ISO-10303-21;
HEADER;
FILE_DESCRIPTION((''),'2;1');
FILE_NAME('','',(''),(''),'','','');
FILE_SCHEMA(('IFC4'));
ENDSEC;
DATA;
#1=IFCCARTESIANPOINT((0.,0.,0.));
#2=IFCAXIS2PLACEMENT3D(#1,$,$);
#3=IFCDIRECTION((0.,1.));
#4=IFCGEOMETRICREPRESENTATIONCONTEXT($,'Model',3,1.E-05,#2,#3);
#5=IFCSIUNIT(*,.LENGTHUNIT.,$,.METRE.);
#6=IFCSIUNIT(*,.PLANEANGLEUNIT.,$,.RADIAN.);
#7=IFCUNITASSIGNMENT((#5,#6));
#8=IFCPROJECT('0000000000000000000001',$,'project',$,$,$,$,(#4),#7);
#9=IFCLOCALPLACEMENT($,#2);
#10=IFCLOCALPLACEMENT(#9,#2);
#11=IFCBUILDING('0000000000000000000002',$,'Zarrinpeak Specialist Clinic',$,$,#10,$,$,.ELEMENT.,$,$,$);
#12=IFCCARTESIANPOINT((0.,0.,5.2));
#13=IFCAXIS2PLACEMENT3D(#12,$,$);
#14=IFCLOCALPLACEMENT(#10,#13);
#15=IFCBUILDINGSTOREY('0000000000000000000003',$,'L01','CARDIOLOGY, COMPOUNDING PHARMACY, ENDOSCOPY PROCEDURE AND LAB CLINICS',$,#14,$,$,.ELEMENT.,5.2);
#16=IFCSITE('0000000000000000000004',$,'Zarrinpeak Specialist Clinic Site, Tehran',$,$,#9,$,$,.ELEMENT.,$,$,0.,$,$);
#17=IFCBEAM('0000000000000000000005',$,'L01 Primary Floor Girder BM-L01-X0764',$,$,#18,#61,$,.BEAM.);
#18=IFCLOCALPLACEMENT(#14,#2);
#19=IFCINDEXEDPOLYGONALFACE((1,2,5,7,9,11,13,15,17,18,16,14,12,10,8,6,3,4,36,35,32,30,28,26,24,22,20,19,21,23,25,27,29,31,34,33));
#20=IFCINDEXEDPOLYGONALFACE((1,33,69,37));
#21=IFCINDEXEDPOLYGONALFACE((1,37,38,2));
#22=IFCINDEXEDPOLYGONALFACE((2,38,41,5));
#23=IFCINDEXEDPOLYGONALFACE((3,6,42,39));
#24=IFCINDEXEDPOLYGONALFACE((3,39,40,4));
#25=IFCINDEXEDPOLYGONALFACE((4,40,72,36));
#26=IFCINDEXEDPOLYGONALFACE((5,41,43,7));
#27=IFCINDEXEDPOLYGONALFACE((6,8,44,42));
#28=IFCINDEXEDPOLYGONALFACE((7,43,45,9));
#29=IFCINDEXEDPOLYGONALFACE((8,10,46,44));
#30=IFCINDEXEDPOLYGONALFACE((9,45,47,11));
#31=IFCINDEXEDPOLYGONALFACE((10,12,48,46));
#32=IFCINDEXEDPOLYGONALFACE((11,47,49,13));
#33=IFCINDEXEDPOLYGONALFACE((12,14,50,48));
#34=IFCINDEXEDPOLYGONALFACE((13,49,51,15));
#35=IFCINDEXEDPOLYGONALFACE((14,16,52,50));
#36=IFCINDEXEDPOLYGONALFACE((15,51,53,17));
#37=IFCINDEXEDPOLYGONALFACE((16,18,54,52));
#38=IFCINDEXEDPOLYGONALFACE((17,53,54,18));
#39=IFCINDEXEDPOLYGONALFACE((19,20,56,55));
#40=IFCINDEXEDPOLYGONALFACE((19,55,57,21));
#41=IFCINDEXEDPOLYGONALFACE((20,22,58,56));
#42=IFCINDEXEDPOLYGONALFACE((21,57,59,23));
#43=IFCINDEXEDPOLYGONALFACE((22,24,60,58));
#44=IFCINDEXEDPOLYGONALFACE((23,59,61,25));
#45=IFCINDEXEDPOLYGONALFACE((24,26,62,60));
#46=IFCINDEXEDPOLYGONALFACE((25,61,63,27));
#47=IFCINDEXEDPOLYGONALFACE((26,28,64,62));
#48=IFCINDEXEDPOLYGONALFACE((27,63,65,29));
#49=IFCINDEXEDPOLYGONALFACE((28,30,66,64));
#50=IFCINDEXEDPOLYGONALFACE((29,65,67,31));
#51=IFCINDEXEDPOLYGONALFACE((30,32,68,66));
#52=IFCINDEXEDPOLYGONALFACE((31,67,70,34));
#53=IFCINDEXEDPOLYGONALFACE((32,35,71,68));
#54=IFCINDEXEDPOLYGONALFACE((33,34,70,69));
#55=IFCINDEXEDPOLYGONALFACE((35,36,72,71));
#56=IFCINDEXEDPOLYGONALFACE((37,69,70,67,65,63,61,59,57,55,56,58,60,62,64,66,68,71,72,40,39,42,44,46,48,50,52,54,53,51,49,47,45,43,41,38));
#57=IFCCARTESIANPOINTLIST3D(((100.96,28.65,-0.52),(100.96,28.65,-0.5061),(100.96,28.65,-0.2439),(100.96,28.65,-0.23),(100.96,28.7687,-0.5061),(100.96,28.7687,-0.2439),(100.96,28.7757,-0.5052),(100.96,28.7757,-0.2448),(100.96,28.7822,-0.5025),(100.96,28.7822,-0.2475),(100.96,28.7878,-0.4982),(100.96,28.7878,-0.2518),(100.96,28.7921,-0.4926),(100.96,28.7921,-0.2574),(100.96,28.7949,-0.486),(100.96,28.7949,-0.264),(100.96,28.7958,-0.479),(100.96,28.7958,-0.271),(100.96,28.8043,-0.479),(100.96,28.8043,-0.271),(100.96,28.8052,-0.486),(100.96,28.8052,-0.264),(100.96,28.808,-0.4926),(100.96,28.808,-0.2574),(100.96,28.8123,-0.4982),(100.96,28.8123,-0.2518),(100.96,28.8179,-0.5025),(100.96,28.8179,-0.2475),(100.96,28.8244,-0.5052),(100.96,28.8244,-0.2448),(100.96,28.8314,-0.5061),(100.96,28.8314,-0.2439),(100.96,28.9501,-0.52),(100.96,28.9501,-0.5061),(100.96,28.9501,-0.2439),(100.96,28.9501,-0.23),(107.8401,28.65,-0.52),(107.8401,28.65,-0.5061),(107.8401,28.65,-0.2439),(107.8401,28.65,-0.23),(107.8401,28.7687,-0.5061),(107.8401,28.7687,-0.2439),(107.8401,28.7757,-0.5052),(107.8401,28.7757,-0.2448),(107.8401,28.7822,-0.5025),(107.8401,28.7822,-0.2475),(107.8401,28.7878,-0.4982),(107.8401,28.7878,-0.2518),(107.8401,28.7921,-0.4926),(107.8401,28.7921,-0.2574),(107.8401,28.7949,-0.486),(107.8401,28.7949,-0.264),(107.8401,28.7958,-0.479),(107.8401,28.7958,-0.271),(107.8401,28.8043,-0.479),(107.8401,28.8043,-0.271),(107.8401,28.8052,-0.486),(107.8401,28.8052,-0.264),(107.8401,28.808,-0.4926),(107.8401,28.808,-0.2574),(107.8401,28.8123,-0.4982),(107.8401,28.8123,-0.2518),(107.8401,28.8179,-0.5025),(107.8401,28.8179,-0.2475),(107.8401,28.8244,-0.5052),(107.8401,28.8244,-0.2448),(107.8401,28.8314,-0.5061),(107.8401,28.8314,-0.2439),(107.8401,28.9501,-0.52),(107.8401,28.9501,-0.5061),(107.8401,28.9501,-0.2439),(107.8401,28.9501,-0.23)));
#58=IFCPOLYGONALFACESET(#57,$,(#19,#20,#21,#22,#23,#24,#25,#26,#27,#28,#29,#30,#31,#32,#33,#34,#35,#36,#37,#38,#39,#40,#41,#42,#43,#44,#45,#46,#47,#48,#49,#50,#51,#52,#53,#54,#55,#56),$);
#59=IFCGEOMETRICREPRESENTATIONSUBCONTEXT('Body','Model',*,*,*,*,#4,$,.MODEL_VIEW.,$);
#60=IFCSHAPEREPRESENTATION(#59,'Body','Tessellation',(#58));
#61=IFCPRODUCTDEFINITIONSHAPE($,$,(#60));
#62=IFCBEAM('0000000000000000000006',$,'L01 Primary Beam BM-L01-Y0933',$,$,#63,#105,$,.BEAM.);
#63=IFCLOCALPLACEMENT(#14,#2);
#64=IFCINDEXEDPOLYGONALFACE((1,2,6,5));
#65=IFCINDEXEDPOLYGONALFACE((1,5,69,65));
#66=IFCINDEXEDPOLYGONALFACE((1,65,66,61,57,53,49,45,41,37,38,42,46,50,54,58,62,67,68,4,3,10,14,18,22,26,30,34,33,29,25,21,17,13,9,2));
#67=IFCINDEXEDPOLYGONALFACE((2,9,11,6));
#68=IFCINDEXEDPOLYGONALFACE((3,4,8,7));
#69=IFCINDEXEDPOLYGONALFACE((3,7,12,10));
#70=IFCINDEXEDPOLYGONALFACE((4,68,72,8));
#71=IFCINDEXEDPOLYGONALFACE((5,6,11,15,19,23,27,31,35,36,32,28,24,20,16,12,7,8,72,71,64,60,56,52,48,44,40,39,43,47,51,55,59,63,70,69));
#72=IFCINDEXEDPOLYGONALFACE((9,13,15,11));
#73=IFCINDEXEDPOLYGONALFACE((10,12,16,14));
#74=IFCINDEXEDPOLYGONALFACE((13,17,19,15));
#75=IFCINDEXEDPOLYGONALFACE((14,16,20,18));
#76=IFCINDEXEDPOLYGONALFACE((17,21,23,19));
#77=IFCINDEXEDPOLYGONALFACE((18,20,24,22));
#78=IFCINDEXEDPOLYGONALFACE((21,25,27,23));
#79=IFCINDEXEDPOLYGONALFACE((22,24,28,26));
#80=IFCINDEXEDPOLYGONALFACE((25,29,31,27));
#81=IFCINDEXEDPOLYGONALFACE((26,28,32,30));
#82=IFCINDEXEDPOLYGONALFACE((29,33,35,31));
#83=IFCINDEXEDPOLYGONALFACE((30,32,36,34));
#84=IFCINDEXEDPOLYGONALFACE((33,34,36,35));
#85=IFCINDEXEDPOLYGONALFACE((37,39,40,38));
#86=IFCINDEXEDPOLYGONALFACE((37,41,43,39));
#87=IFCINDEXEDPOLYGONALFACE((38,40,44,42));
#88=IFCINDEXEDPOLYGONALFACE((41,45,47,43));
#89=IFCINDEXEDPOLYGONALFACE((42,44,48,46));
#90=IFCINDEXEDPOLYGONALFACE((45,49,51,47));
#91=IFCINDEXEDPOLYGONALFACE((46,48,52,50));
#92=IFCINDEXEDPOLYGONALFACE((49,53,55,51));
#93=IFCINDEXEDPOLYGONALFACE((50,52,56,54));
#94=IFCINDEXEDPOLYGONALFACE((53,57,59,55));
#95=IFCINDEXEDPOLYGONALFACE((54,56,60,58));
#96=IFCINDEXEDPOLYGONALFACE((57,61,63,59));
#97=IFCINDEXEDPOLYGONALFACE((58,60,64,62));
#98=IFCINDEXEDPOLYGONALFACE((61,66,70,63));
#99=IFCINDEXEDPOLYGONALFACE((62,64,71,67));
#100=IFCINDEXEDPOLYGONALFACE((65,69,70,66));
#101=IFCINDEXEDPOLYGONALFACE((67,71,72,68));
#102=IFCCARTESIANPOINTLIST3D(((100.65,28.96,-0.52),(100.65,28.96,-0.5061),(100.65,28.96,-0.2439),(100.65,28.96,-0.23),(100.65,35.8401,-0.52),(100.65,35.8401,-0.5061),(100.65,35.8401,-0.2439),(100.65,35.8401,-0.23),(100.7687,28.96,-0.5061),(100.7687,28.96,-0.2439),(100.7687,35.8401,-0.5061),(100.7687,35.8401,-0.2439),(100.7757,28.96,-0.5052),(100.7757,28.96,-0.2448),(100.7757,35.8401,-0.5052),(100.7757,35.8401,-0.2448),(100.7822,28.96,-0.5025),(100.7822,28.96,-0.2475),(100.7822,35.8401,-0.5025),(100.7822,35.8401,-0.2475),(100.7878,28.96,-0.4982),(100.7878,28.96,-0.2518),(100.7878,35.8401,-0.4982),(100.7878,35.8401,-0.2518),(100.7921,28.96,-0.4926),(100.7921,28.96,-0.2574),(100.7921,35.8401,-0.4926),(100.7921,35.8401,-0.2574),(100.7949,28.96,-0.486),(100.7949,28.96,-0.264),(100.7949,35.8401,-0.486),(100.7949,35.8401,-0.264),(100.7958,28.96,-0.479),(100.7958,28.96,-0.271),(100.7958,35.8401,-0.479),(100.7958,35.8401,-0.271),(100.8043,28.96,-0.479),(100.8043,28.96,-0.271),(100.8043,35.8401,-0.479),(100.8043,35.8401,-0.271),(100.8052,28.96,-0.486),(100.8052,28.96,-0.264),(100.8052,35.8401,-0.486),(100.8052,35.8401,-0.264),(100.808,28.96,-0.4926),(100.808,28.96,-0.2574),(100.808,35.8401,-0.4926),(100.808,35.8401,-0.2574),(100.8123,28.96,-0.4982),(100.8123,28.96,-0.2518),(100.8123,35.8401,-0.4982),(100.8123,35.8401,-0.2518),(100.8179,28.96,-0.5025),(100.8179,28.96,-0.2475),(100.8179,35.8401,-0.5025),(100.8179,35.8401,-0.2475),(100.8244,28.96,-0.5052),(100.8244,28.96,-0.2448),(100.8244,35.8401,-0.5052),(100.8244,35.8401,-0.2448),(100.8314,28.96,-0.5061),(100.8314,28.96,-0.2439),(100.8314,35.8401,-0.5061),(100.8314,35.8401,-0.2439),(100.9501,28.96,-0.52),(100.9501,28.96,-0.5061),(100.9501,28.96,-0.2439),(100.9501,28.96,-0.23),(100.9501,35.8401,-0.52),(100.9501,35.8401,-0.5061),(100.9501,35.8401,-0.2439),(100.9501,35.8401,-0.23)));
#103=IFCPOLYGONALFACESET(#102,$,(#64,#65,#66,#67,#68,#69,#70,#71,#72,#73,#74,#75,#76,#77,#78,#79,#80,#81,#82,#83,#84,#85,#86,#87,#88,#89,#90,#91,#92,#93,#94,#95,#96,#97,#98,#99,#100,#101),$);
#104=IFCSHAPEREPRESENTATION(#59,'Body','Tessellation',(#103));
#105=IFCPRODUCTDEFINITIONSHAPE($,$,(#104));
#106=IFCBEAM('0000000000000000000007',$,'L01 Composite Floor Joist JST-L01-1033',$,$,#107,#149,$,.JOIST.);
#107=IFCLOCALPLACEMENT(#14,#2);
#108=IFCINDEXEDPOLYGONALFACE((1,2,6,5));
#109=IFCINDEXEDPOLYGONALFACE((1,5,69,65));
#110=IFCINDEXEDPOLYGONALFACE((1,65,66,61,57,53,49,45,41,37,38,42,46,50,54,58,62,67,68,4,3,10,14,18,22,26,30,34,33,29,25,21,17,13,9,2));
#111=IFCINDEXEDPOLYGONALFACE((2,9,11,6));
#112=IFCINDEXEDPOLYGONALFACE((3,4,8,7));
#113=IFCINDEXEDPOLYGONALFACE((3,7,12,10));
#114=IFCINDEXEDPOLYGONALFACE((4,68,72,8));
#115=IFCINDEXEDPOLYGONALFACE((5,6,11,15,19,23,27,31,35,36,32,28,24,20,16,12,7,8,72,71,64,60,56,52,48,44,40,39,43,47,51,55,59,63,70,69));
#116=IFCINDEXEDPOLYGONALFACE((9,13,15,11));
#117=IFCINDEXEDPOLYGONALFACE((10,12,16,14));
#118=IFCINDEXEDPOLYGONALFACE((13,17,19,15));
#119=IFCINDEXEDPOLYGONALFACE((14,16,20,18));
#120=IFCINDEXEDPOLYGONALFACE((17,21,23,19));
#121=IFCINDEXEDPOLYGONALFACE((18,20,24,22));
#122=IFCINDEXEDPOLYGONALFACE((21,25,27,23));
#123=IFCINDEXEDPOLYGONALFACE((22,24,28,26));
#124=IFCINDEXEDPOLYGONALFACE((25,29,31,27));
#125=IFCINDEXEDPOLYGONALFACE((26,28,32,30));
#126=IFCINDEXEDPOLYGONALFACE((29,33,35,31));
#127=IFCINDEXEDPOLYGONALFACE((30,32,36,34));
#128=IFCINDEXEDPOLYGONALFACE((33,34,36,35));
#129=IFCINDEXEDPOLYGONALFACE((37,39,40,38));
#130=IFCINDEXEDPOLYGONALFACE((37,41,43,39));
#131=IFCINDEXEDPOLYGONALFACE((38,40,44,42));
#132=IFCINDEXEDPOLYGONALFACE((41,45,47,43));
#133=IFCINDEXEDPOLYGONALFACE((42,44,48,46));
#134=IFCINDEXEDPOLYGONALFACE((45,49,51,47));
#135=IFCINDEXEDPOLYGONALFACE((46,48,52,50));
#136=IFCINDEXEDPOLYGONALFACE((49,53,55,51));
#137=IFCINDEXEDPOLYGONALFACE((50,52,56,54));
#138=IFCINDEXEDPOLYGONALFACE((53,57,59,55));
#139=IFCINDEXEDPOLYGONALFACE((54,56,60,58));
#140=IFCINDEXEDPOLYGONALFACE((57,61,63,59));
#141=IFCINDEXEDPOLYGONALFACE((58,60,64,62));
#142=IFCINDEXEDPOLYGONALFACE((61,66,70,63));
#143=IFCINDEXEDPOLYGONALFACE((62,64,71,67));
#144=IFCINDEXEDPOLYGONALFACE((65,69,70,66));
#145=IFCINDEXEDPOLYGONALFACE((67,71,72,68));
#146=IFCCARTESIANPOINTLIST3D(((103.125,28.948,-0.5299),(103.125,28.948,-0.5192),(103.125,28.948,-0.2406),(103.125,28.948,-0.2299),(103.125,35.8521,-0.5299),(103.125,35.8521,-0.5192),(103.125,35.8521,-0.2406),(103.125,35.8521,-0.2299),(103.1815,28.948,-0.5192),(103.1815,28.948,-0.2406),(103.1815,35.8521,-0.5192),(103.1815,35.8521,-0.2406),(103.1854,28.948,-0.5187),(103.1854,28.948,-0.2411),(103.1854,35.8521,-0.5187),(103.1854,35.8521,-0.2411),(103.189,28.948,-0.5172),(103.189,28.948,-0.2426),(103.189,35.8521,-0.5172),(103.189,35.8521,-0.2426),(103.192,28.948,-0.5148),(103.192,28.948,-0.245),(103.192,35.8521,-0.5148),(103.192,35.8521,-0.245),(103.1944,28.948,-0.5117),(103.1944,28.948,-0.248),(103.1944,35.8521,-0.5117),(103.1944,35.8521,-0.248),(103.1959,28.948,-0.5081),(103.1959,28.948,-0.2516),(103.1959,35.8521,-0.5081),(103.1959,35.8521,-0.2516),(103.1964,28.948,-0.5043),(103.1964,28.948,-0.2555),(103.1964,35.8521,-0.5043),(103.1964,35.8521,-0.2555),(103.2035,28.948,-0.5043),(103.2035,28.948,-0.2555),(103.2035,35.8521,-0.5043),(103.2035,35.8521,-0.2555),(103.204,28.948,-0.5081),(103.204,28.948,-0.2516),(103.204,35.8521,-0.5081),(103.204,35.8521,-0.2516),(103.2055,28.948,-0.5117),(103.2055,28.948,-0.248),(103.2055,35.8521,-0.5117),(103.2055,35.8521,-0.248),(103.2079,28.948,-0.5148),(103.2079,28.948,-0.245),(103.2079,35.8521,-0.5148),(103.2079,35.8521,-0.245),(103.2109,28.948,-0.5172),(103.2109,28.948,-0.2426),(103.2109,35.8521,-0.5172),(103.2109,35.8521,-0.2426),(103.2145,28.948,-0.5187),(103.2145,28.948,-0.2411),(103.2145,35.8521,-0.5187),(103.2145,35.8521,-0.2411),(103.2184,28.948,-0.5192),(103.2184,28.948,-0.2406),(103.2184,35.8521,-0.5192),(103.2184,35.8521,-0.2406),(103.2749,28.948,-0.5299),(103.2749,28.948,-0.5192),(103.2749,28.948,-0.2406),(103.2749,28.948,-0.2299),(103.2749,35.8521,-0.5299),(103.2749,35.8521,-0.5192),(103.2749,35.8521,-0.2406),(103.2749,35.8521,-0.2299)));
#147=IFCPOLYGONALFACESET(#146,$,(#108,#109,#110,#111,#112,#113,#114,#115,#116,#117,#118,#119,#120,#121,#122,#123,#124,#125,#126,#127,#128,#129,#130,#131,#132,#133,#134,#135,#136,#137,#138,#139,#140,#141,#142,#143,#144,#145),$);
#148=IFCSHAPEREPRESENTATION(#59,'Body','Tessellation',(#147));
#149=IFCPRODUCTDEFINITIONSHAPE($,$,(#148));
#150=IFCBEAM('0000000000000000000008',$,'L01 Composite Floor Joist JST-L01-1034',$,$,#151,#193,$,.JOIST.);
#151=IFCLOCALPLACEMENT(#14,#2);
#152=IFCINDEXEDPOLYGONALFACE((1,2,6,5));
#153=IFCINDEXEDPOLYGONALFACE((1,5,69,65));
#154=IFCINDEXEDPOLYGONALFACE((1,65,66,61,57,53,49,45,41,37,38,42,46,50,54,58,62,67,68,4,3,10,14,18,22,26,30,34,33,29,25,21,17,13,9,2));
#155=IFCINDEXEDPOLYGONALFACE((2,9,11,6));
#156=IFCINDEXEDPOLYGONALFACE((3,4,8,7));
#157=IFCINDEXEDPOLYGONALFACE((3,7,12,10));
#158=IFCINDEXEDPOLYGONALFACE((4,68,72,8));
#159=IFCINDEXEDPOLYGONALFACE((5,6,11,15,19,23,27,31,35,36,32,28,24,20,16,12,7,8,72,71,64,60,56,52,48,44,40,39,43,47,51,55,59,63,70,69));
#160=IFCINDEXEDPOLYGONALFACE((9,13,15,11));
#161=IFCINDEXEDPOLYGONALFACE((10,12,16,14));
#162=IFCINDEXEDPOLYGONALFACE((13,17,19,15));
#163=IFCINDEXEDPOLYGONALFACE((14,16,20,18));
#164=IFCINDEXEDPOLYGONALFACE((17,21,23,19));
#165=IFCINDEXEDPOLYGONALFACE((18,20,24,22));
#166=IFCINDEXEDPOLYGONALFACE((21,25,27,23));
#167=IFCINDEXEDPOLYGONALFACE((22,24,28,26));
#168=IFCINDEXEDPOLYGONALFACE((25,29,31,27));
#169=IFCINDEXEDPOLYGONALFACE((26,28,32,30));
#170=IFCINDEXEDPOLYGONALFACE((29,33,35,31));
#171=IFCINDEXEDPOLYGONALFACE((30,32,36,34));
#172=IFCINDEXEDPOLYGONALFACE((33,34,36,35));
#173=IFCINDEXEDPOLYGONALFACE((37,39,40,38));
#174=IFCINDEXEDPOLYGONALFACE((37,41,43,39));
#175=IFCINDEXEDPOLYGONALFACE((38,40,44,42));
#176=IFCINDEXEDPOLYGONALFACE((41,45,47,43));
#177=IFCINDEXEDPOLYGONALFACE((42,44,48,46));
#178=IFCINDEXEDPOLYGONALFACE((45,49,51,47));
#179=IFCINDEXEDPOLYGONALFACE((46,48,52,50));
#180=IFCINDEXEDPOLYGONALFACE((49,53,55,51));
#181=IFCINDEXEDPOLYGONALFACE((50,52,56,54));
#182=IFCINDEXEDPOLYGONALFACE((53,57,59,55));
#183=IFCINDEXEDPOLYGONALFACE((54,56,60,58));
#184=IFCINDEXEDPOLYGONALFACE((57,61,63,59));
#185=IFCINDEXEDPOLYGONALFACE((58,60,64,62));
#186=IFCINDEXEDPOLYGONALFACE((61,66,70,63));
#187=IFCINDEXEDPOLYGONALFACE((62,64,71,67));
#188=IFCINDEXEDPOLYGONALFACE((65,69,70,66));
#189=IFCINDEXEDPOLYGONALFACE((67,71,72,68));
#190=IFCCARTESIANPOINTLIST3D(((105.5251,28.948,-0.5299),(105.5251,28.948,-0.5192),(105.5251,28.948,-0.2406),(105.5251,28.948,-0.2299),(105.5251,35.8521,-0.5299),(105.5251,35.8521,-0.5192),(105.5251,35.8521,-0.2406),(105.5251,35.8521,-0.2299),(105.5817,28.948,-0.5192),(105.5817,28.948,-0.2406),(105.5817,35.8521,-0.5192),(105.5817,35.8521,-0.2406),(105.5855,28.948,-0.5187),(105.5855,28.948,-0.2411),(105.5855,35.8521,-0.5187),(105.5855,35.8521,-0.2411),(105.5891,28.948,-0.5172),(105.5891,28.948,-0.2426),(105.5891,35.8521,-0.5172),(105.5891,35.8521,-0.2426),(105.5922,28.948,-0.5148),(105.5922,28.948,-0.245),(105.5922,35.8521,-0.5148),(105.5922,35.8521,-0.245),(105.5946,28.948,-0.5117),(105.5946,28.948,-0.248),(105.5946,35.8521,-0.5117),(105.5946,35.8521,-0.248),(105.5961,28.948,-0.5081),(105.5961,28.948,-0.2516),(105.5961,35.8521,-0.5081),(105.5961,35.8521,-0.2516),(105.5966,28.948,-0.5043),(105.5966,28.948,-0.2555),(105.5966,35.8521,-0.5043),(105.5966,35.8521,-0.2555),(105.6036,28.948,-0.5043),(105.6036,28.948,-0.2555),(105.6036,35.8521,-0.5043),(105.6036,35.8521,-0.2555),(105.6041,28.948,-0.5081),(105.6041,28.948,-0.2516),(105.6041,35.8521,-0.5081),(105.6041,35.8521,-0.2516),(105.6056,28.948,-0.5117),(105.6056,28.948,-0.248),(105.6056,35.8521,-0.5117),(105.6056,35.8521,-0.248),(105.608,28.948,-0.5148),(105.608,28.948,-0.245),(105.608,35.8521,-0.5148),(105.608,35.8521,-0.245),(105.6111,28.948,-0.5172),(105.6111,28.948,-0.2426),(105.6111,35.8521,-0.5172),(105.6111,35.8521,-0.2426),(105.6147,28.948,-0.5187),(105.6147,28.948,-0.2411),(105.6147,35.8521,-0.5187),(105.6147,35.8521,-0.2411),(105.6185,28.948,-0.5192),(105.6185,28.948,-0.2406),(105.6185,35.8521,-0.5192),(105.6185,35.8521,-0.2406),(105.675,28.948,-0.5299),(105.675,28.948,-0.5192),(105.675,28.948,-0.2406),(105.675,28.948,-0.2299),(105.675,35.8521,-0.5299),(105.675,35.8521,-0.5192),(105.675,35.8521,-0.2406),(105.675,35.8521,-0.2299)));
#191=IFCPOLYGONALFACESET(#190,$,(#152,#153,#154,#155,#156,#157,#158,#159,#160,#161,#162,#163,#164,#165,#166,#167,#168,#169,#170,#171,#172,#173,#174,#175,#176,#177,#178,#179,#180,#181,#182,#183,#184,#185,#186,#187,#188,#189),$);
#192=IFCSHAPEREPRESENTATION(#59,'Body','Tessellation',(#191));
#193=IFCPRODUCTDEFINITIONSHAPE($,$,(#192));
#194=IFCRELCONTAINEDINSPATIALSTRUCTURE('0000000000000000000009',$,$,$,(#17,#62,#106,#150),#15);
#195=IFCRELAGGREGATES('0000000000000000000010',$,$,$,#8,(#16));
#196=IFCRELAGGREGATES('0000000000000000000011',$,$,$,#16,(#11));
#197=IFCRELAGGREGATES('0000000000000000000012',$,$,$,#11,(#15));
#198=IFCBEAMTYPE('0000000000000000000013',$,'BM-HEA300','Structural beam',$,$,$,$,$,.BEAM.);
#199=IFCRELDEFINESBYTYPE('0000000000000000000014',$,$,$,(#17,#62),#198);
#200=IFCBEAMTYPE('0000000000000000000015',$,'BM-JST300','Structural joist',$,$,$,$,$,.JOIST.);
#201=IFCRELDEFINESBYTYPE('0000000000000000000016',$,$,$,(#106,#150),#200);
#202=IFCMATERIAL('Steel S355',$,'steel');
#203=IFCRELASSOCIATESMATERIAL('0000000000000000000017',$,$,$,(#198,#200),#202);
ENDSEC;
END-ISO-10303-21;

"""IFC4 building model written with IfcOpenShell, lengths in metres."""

from ifc_helpers import new_model, si_unit, direction, frame, origin, origin_2d, place, context, subcontext, project, spatial, i_section, extrude, material, material_profile, profile_set, type_object, element, save


model = new_model("IFC4")

# Units and contexts
model_context = context("Model", 3, precision=1e-05, world=origin(), true_north=direction((0.0, 1.0)))
body_context = subcontext(model_context, "Body", "Model", "MODEL_VIEW")
ifc_project = project(units=[si_unit("LENGTHUNIT", "METRE"), si_unit("PLANEANGLEUNIT", "RADIAN")], contexts=[model_context])

# Site, building, storey
site_placement = place(None, origin())
site = spatial("IfcSite", under=ifc_project, at=site_placement, Name="Zarrinpeak Specialist Clinic Site, Tehran", CompositionType="ELEMENT", RefElevation=0.0)
building_placement = place(site_placement, origin())
building = spatial("IfcBuilding", under=site, at=building_placement, Name="Zarrinpeak Specialist Clinic", CompositionType="ELEMENT")
storey_placement = place(building_placement, frame((0.0, 0.0, 5.2)))
storey = spatial("IfcBuildingStorey", under=building, at=storey_placement, Name="L01", Description="CARDIOLOGY, COMPOUNDING PHARMACY, ENDOSCOPY PROCEDURE AND LAB CLINICS", CompositionType="ELEMENT", Elevation=5.2)

# Beams
ifc_material_1 = material(Name="Steel S355", Category="steel")
ifc_material_profile_1 = material_profile(ifc_material_1, i_section(OverallWidth=0.3, OverallDepth=0.29, WebThickness=0.0085, FlangeThickness=0.0139, FilletRadius=0.0271, at=origin_2d()), Name="HEA 300")
ifc_profile_set_1 = profile_set([ifc_material_profile_1], Name="Steel S355")
beam_type_1 = type_object("IfcBeamType", Name="BM-HEA300", Description="Structural beam", PredefinedType="BEAM", material=ifc_profile_set_1)
for number, where, z_axis, x_axis, name in (
    (1, (100.96, 28.8, -0.375), (1.0, 0.0, 0.0), (0.0, 1.0, 0.0), "L01 Primary Floor Girder BM-L01-X0764"),
    (2, (100.8, 28.96, -0.375), (0.0, 1.0, 0.0), (-1.0, 0.0, 0.0), "L01 Primary Beam BM-L01-Y0933"),
):
    element("IfcBeam", number, at=place(storey_placement, frame(where, z_axis=z_axis, x_axis=x_axis)), inside=storey, type_object=beam_type_1, Name=name, PredefinedType="BEAM", context=body_context, shape_type="SweptSolid", body=[
        extrude(i_section(OverallWidth=0.3, OverallDepth=0.29, WebThickness=0.0085, FlangeThickness=0.0139, FilletRadius=0.0271, at=origin_2d()), origin(), (0.0, 0.0, 1.0), 6.8801),
    ])
ifc_material_profile_2 = material_profile(ifc_material_1, i_section(OverallWidth=0.1499, OverallDepth=0.3, WebThickness=0.0071, FlangeThickness=0.0107, FilletRadius=0.0149, at=origin_2d()), Name="IPE 300")
ifc_profile_set_2 = profile_set([ifc_material_profile_2], Name="Steel S355")
beam_type_2 = type_object("IfcBeamType", Name="BM-JST300", Description="Structural joist", PredefinedType="JOIST", material=ifc_profile_set_2)
for number, where, z_axis, x_axis, name in (
    (3, (103.2, 28.948, -0.3799), (0.0, 1.0, 0.0), (-1.0, 0.0, 0.0), "L01 Composite Floor Joist JST-L01-1033"),
    (4, (105.6001, 28.948, -0.3799), (0.0, 1.0, 0.0), (-1.0, 0.0, 0.0), "L01 Composite Floor Joist JST-L01-1034"),
):
    element("IfcBeam", number, at=place(storey_placement, frame(where, z_axis=z_axis, x_axis=x_axis)), inside=storey, type_object=beam_type_2, Name=name, PredefinedType="JOIST", context=body_context, shape_type="SweptSolid", body=[
        extrude(i_section(OverallWidth=0.1499, OverallDepth=0.3, WebThickness=0.0071, FlangeThickness=0.0107, FilletRadius=0.0149, at=origin_2d()), origin(), (0.0, 0.0, 1.0), 6.9041),
    ])

save(model, "model.ifc")
